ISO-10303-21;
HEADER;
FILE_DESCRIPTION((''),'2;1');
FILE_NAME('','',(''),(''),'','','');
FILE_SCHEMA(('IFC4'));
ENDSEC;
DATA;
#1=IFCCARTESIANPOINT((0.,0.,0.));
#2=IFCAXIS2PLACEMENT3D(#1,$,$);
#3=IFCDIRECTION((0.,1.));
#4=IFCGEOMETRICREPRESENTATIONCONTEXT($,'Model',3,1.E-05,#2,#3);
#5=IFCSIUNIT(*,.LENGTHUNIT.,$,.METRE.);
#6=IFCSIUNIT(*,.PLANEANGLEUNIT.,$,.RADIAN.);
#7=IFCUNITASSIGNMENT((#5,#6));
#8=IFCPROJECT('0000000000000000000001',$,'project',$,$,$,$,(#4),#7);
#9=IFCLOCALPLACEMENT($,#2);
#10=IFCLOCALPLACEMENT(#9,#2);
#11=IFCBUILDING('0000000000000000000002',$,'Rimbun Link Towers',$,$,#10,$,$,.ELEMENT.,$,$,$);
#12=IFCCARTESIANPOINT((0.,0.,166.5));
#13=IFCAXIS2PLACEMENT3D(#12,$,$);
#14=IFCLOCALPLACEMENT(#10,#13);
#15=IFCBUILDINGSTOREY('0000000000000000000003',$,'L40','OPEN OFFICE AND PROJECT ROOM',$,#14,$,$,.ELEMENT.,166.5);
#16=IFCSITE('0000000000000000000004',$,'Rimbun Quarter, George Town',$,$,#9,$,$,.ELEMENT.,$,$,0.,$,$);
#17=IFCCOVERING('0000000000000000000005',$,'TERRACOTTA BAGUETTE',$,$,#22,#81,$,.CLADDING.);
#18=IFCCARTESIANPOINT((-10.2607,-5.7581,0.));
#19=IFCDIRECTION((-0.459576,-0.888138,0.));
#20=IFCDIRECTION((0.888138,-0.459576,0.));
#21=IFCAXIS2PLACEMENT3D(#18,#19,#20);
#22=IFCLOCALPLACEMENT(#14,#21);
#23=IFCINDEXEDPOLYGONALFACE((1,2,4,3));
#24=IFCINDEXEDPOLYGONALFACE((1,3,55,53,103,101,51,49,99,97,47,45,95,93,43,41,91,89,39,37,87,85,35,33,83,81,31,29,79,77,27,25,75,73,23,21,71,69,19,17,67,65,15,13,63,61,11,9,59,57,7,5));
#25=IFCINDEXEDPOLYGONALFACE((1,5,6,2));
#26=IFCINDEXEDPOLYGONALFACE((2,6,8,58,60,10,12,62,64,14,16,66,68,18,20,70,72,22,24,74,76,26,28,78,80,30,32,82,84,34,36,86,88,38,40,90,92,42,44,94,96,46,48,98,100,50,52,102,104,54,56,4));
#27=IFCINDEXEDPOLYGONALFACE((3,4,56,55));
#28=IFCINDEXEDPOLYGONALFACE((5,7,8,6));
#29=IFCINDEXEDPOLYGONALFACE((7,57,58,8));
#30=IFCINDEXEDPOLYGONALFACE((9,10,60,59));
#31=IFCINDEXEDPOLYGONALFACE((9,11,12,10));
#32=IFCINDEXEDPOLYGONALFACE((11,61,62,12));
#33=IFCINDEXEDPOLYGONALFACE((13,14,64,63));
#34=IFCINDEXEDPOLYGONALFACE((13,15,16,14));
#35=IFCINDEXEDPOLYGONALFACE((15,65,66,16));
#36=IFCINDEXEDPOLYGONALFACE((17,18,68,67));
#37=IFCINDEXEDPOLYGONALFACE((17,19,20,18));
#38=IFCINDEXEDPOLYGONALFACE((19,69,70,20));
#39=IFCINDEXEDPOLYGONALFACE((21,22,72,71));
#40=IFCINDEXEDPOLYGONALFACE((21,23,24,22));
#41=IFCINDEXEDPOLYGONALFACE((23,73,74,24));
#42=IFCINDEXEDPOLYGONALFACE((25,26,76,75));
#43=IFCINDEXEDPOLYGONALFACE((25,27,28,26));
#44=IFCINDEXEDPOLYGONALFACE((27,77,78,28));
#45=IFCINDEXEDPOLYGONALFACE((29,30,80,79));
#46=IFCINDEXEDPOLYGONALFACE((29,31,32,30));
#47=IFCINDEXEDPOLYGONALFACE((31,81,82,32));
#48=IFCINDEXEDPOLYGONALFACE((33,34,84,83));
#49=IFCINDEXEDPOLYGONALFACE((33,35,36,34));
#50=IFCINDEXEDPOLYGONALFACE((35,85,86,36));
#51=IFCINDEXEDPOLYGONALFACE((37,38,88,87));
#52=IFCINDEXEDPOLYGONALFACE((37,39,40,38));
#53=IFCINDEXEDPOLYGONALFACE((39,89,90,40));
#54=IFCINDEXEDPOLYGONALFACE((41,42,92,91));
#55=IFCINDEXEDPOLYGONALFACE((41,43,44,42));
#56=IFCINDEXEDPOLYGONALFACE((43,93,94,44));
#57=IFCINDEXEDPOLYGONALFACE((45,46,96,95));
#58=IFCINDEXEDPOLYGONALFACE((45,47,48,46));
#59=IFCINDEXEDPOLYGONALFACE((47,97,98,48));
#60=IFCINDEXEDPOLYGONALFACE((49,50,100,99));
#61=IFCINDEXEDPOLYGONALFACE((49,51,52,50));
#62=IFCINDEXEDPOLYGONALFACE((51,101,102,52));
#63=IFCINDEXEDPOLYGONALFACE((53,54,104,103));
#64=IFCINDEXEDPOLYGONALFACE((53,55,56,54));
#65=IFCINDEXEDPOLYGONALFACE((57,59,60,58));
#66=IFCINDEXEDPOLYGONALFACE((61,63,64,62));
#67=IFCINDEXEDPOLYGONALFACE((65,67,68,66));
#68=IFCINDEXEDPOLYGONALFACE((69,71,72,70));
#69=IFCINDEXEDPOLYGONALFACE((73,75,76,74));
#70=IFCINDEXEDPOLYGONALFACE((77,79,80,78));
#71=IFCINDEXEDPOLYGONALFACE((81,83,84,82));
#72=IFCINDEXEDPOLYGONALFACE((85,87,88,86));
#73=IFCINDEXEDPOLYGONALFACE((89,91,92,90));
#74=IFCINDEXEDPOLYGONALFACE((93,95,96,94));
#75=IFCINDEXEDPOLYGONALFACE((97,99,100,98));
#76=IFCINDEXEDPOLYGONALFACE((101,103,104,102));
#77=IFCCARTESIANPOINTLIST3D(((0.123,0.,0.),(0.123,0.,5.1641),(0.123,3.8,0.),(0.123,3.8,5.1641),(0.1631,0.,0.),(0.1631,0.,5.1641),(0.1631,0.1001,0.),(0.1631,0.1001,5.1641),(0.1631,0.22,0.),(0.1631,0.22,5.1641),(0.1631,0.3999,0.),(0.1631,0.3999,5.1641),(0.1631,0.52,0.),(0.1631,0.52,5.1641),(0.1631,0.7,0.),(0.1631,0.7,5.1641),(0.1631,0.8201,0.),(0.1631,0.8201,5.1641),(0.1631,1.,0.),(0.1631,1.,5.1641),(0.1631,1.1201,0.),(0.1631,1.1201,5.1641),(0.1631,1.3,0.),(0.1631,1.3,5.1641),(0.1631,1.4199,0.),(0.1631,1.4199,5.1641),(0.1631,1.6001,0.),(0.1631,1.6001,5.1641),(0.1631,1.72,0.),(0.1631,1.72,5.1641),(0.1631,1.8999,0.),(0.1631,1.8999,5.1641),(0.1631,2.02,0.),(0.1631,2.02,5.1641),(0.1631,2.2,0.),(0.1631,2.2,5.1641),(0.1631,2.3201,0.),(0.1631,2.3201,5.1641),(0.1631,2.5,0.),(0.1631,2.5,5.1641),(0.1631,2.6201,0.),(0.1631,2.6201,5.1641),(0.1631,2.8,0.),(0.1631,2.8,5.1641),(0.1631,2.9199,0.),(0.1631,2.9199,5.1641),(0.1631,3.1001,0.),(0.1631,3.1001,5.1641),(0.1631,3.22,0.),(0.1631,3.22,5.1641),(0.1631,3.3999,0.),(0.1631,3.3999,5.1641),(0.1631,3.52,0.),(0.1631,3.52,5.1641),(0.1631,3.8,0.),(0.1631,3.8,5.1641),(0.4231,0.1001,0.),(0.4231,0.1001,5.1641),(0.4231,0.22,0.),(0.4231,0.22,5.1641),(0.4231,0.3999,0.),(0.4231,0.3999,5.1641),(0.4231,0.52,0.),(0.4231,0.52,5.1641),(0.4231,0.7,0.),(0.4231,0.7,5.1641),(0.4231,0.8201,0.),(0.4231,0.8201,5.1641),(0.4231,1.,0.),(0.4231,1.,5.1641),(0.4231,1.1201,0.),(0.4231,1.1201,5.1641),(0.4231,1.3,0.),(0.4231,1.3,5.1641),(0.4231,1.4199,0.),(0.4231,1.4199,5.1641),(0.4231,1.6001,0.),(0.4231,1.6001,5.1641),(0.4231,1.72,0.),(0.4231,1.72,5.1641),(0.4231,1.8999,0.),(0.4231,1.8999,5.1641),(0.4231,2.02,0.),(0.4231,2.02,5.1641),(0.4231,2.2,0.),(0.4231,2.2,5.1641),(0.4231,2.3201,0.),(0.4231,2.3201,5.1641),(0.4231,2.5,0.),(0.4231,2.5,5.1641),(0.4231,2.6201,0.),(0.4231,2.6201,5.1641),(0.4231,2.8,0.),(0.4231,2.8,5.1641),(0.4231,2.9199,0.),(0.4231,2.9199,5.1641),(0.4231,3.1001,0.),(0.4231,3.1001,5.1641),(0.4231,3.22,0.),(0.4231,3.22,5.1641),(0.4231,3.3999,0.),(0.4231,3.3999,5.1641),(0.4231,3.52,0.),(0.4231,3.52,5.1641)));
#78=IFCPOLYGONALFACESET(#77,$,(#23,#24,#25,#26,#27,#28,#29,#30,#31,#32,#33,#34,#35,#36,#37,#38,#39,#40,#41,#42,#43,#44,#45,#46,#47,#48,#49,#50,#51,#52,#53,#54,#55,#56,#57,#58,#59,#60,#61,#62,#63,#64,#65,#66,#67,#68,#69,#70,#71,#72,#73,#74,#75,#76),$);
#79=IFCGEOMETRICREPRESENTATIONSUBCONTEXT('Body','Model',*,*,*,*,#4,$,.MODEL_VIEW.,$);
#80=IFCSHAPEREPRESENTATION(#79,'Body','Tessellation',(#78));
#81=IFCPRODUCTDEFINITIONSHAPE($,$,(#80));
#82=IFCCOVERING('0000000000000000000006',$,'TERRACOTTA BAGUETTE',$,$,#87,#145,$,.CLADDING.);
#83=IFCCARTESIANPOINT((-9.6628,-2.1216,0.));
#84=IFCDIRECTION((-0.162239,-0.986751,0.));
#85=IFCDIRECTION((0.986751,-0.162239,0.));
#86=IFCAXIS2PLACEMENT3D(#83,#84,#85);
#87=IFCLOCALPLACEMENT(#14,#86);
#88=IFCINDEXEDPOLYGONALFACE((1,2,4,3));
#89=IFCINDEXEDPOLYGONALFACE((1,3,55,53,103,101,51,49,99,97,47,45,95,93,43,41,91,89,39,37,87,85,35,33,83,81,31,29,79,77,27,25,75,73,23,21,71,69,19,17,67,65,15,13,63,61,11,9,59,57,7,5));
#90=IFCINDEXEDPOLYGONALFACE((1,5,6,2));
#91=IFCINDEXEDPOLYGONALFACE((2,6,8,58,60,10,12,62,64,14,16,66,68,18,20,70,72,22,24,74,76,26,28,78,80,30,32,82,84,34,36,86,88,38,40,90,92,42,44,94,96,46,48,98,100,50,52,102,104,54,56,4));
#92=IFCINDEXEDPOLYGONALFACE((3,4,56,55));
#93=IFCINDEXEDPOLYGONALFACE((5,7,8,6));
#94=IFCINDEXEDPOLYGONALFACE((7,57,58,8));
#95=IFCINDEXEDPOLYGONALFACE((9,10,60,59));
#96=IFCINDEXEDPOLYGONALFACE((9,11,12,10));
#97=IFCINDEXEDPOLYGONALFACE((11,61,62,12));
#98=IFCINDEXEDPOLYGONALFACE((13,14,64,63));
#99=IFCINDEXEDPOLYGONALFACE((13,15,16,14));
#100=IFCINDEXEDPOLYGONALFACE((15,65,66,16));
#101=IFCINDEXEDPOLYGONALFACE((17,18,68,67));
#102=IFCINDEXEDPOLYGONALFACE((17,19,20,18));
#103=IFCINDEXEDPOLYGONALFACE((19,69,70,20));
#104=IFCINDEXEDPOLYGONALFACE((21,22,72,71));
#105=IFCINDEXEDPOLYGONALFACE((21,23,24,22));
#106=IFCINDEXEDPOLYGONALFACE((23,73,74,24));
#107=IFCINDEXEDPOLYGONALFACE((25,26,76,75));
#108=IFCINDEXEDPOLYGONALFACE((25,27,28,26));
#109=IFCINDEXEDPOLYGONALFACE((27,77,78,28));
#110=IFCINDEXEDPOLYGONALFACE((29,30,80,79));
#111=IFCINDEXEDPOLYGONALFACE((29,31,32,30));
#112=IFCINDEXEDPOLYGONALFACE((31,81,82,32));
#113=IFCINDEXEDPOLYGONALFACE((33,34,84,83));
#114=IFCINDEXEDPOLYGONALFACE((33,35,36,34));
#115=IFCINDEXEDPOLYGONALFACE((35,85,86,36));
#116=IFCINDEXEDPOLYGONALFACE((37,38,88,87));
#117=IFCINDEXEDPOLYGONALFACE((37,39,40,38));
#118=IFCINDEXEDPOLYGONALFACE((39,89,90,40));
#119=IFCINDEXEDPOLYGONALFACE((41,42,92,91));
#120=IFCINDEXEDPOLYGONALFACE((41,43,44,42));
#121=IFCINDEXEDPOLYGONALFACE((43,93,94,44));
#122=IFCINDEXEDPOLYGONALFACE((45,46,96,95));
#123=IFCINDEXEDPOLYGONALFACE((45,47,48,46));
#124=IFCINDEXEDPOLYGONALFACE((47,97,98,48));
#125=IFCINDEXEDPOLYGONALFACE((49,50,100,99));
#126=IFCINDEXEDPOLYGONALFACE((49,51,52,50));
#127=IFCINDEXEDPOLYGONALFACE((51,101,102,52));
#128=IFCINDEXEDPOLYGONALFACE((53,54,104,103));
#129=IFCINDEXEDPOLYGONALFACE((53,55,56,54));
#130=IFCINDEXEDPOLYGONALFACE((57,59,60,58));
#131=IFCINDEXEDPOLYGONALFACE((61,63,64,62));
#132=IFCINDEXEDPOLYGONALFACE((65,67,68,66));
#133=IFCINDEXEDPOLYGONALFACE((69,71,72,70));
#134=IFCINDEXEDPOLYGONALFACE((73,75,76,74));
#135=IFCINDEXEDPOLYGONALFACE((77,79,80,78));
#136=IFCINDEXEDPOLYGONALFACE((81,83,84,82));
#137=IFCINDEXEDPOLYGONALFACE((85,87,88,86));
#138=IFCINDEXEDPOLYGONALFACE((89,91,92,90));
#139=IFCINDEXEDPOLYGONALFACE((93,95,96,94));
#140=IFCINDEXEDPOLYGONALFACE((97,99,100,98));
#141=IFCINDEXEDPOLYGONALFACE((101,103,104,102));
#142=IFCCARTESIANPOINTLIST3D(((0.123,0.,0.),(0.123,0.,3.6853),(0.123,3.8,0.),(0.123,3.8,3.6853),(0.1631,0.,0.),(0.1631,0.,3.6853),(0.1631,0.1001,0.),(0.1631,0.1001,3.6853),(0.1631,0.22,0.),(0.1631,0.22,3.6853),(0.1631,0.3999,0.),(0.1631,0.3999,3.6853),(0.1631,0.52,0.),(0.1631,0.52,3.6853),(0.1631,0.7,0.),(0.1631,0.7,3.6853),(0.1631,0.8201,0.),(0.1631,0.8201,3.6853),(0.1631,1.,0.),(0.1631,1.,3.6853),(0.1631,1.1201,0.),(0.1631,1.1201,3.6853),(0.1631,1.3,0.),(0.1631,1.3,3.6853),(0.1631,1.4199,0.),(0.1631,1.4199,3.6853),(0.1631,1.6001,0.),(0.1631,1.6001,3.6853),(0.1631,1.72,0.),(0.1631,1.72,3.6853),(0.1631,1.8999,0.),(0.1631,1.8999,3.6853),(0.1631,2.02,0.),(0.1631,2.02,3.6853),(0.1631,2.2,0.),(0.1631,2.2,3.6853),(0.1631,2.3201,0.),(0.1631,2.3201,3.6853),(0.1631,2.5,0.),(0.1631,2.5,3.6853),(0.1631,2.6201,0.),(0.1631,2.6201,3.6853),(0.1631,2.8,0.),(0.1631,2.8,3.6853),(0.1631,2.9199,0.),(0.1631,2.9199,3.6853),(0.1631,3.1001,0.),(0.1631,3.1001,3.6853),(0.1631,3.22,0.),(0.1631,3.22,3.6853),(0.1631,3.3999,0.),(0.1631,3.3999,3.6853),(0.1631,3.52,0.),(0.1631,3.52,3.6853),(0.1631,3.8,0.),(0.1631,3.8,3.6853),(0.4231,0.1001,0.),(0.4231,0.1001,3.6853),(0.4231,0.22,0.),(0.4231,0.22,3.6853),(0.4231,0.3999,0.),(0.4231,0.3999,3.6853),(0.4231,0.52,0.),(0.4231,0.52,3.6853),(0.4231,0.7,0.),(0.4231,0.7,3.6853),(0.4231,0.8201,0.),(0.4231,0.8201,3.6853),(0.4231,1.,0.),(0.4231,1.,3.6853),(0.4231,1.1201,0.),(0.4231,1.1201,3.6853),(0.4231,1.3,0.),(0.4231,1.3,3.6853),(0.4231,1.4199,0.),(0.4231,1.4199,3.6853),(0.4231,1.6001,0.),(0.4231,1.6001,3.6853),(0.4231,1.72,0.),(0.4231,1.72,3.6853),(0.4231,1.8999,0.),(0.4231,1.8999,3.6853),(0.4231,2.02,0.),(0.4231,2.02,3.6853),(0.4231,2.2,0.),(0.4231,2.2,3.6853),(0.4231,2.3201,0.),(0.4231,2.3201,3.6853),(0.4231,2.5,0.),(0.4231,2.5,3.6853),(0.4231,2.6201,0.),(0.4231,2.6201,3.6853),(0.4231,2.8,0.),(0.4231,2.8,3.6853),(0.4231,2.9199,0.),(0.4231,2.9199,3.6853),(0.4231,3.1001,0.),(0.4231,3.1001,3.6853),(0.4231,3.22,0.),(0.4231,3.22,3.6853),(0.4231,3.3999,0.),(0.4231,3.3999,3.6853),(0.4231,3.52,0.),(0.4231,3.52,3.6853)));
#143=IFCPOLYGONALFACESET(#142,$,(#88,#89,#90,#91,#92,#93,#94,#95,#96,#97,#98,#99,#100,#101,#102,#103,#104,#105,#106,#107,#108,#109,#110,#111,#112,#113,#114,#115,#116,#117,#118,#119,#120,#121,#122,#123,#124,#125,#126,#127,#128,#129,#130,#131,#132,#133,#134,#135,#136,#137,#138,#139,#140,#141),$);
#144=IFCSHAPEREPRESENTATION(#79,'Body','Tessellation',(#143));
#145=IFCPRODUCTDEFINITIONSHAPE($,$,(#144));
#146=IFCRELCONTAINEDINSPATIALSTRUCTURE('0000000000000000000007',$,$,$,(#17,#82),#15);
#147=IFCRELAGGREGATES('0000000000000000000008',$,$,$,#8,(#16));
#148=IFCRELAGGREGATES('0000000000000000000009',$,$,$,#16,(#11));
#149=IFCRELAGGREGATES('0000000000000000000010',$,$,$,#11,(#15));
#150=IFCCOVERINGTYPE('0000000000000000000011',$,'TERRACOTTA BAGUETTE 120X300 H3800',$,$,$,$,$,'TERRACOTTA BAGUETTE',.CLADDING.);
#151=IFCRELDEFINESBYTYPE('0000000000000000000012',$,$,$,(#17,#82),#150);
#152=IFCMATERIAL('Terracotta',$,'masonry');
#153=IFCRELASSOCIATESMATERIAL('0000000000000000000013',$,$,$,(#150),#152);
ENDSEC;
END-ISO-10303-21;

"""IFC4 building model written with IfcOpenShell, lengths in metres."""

from ifc_helpers import new_model, si_unit, direction, frame, origin, place, context, subcontext, project, spatial, polyline, outline, extrude, material, material_profile, profile_set, type_object, element, save


model = new_model("IFC4")

# Units and contexts
model_context = context("Model", 3, precision=1e-05, world=origin(), true_north=direction((0.0, 1.0)))
body_context = subcontext(model_context, "Body", "Model", "MODEL_VIEW")
ifc_project = project(units=[si_unit("LENGTHUNIT", "METRE"), si_unit("PLANEANGLEUNIT", "RADIAN")], contexts=[model_context])

# Site, building, storey
site_placement = place(None, origin())
site = spatial("IfcSite", under=ifc_project, at=site_placement, Name="Rimbun Quarter, George Town", CompositionType="ELEMENT", RefElevation=0.0)
building_placement = place(site_placement, origin())
building = spatial("IfcBuilding", under=site, at=building_placement, Name="Rimbun Link Towers", CompositionType="ELEMENT")
storey_placement = place(building_placement, frame((0.0, 0.0, 166.5)))
storey = spatial("IfcBuildingStorey", under=building, at=storey_placement, Name="L40", Description="OPEN OFFICE AND PROJECT ROOM", CompositionType="ELEMENT", Elevation=166.5)

# Coverings
ifc_material_1 = material(Name="Terracotta", Category="masonry")
ifc_material_profile_1 = material_profile(ifc_material_1, outline(polyline([(0.123, 0.0), (0.1631, 0.0), (0.1631, 0.1001), (0.4231, 0.1001), (0.4231, 0.22), (0.1631, 0.22), (0.1631, 0.3999), (0.4231, 0.3999), (0.4231, 0.52), (0.1631, 0.52), (0.1631, 0.7), (0.4231, 0.7), (0.4231, 0.8201), (0.1631, 0.8201), (0.1631, 1.0), (0.4231, 1.0), (0.4231, 1.1201), (0.1631, 1.1201), (0.1631, 1.3), (0.4231, 1.3), (0.4231, 1.4199), (0.1631, 1.4199), (0.1631, 1.6001), (0.4231, 1.6001), (0.4231, 1.72), (0.1631, 1.72), (0.1631, 1.8999), (0.4231, 1.8999), (0.4231, 2.02), (0.1631, 2.02), (0.1631, 2.2), (0.4231, 2.2), (0.4231, 2.3201), (0.1631, 2.3201), (0.1631, 2.5), (0.4231, 2.5), (0.4231, 2.6201), (0.1631, 2.6201), (0.1631, 2.8), (0.4231, 2.8), (0.4231, 2.9199), (0.1631, 2.9199), (0.1631, 3.1001), (0.4231, 3.1001), (0.4231, 3.22), (0.1631, 3.22), (0.1631, 3.3999), (0.4231, 3.3999), (0.4231, 3.52), (0.1631, 3.52), (0.1631, 3.8), (0.123, 3.8), (0.123, 0.0)])), Name="BAGUETTE 120X300")
ifc_profile_set_1 = profile_set([ifc_material_profile_1], Name="Terracotta")
covering_type = type_object("IfcCoveringType", Name="TERRACOTTA BAGUETTE 120X300 H3800", ElementType="TERRACOTTA BAGUETTE", PredefinedType="CLADDING", material=ifc_profile_set_1)
covering_1_placement = place(storey_placement, frame((-10.2607, -5.7581, 0.0), z_axis=(-0.459576, -0.888138, 0.0), x_axis=(0.888138, -0.459576, 0.0)))
element("IfcCovering", 1, at=covering_1_placement, inside=storey, type_object=covering_type, Name="TERRACOTTA BAGUETTE", PredefinedType="CLADDING", context=body_context, shape_type="SweptSolid", body=[
    extrude(outline(polyline([(0.123, 0.0), (0.1631, 0.0), (0.1631, 0.1001), (0.4231, 0.1001), (0.4231, 0.22), (0.1631, 0.22), (0.1631, 0.3999), (0.4231, 0.3999), (0.4231, 0.52), (0.1631, 0.52), (0.1631, 0.7), (0.4231, 0.7), (0.4231, 0.8201), (0.1631, 0.8201), (0.1631, 1.0), (0.4231, 1.0), (0.4231, 1.1201), (0.1631, 1.1201), (0.1631, 1.3), (0.4231, 1.3), (0.4231, 1.4199), (0.1631, 1.4199), (0.1631, 1.6001), (0.4231, 1.6001), (0.4231, 1.72), (0.1631, 1.72), (0.1631, 1.8999), (0.4231, 1.8999), (0.4231, 2.02), (0.1631, 2.02), (0.1631, 2.2), (0.4231, 2.2), (0.4231, 2.3201), (0.1631, 2.3201), (0.1631, 2.5), (0.4231, 2.5), (0.4231, 2.6201), (0.1631, 2.6201), (0.1631, 2.8), (0.4231, 2.8), (0.4231, 2.9199), (0.1631, 2.9199), (0.1631, 3.1001), (0.4231, 3.1001), (0.4231, 3.22), (0.1631, 3.22), (0.1631, 3.3999), (0.4231, 3.3999), (0.4231, 3.52), (0.1631, 3.52), (0.1631, 3.8), (0.123, 3.8), (0.123, 0.0)])), origin(), (0.0, 0.0, 1.0), 5.1641),
])
covering_2_placement = place(storey_placement, frame((-9.6628, -2.1216, 0.0), z_axis=(-0.162239, -0.986751, 0.0), x_axis=(0.986751, -0.162239, 0.0)))
element("IfcCovering", 2, at=covering_2_placement, inside=storey, type_object=covering_type, Name="TERRACOTTA BAGUETTE", PredefinedType="CLADDING", context=body_context, shape_type="SweptSolid", body=[
    extrude(outline(polyline([(0.123, 0.0), (0.1631, 0.0), (0.1631, 0.1001), (0.4231, 0.1001), (0.4231, 0.22), (0.1631, 0.22), (0.1631, 0.3999), (0.4231, 0.3999), (0.4231, 0.52), (0.1631, 0.52), (0.1631, 0.7), (0.4231, 0.7), (0.4231, 0.8201), (0.1631, 0.8201), (0.1631, 1.0), (0.4231, 1.0), (0.4231, 1.1201), (0.1631, 1.1201), (0.1631, 1.3), (0.4231, 1.3), (0.4231, 1.4199), (0.1631, 1.4199), (0.1631, 1.6001), (0.4231, 1.6001), (0.4231, 1.72), (0.1631, 1.72), (0.1631, 1.8999), (0.4231, 1.8999), (0.4231, 2.02), (0.1631, 2.02), (0.1631, 2.2), (0.4231, 2.2), (0.4231, 2.3201), (0.1631, 2.3201), (0.1631, 2.5), (0.4231, 2.5), (0.4231, 2.6201), (0.1631, 2.6201), (0.1631, 2.8), (0.4231, 2.8), (0.4231, 2.9199), (0.1631, 2.9199), (0.1631, 3.1001), (0.4231, 3.1001), (0.4231, 3.22), (0.1631, 3.22), (0.1631, 3.3999), (0.4231, 3.3999), (0.4231, 3.52), (0.1631, 3.52), (0.1631, 3.8), (0.123, 3.8), (0.123, 0.0)])), origin(), (0.0, 0.0, 1.0), 3.6853),
])

save(model, "model.ifc")
